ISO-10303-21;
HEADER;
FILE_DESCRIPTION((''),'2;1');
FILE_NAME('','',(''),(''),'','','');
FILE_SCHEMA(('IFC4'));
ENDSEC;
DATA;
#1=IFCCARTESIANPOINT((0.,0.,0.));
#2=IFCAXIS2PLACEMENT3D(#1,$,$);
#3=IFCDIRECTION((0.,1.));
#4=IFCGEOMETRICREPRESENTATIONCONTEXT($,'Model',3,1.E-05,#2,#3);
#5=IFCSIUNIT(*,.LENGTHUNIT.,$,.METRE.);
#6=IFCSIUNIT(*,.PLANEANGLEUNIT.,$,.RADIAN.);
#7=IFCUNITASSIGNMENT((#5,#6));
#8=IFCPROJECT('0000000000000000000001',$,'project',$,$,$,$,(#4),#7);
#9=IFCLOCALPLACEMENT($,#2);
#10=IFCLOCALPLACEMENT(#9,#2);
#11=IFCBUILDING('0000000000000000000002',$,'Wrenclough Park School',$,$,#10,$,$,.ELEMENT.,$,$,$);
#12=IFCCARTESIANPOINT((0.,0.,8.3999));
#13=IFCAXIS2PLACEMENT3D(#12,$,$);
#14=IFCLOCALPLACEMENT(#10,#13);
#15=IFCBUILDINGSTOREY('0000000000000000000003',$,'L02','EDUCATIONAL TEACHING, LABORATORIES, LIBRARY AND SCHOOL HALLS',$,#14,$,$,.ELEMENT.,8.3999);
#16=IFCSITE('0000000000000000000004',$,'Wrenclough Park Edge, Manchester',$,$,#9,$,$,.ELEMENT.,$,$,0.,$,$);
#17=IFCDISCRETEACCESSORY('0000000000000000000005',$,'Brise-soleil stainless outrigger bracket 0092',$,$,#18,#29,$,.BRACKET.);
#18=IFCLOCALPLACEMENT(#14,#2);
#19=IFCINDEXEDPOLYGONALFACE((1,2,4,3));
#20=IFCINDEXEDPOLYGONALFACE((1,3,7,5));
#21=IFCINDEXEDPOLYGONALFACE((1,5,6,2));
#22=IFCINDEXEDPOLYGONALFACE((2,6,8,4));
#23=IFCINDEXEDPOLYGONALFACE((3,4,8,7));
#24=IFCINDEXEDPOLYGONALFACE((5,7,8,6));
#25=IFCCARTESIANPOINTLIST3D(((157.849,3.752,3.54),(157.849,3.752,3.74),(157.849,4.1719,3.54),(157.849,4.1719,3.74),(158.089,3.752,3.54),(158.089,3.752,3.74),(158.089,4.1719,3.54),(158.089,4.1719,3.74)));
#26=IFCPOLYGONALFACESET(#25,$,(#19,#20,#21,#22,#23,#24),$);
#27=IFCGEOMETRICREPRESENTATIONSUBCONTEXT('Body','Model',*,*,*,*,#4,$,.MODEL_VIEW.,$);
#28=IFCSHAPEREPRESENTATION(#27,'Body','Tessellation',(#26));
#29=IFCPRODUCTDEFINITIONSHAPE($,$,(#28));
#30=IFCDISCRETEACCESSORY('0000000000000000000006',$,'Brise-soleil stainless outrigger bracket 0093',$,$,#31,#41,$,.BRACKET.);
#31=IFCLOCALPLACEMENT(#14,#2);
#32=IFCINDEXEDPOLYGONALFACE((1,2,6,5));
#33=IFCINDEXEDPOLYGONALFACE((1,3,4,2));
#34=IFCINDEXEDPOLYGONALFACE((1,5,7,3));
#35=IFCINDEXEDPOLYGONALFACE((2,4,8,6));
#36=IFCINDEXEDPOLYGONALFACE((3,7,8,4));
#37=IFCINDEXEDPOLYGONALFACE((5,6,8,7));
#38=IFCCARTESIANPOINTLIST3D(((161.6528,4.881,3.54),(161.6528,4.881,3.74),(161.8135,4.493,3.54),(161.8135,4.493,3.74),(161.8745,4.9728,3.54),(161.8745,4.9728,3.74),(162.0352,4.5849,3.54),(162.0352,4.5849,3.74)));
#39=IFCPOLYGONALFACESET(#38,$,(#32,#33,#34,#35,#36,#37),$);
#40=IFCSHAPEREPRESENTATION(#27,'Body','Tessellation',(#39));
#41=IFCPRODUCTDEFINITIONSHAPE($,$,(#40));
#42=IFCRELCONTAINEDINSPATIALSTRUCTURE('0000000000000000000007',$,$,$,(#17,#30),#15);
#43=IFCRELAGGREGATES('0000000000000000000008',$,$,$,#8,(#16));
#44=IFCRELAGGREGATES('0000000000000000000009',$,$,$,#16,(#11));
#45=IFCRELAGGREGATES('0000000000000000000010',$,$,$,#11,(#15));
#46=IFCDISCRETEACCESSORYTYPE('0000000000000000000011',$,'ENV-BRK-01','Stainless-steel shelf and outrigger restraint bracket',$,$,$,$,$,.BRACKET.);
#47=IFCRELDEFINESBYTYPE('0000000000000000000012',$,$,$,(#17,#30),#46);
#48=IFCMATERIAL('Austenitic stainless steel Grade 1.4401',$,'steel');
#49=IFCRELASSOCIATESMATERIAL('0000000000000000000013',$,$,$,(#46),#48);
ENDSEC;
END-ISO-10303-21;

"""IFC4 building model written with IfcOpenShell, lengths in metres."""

from ifc_helpers import new_model, si_unit, direction, frame, origin, origin_2d, place, context, subcontext, project, spatial, rectangle, extrude, material, type_object, element, save


model = new_model("IFC4")

# Units and contexts
model_context = context("Model", 3, precision=1e-05, world=origin(), true_north=direction((0.0, 1.0)))
body_context = subcontext(model_context, "Body", "Model", "MODEL_VIEW")
ifc_project = project(units=[si_unit("LENGTHUNIT", "METRE"), si_unit("PLANEANGLEUNIT", "RADIAN")], contexts=[model_context])

# Site, building, storey
site_placement = place(None, origin())
site = spatial("IfcSite", under=ifc_project, at=site_placement, Name="Wrenclough Park Edge, Manchester", CompositionType="ELEMENT", RefElevation=0.0)
building_placement = place(site_placement, origin())
building = spatial("IfcBuilding", under=site, at=building_placement, Name="Wrenclough Park School", CompositionType="ELEMENT")
storey_placement = place(building_placement, frame((0.0, 0.0, 8.3999)))
storey = spatial("IfcBuildingStorey", under=building, at=storey_placement, Name="L02", Description="EDUCATIONAL TEACHING, LABORATORIES, LIBRARY AND SCHOOL HALLS", CompositionType="ELEMENT", Elevation=8.3999)

# Discrete accessories
ifc_material_1 = material(Name="Austenitic stainless steel Grade 1.4401", Category="steel")
discrete_accessory_type = type_object("IfcDiscreteAccessoryType", Name="ENV-BRK-01", Description="Stainless-steel shelf and outrigger restraint bracket", PredefinedType="BRACKET", material=ifc_material_1)
for number, where, z_axis, x_axis, name in (
    (1, (157.969, 3.9619, 3.54), (0.0, 0.0, 1.0), (1.0, 0.0, 0.0), "Brise-soleil stainless outrigger bracket 0092"),
    (2, (161.844, 4.7329, 3.54), (0.0, 0.0, 1.0), (0.923879, 0.382684, 0.0), "Brise-soleil stainless outrigger bracket 0093"),
):
    element("IfcDiscreteAccessory", number, at=place(storey_placement, frame(where, z_axis=z_axis, x_axis=x_axis)), inside=storey, type_object=discrete_accessory_type, Name=name, PredefinedType="BRACKET", context=body_context, shape_type="SweptSolid", body=[
        extrude(rectangle(XDim=0.24, YDim=0.4199, at=origin_2d()), origin(), (0.0, 0.0, 1.0), 0.2),
    ])

save(model, "model.ifc")
